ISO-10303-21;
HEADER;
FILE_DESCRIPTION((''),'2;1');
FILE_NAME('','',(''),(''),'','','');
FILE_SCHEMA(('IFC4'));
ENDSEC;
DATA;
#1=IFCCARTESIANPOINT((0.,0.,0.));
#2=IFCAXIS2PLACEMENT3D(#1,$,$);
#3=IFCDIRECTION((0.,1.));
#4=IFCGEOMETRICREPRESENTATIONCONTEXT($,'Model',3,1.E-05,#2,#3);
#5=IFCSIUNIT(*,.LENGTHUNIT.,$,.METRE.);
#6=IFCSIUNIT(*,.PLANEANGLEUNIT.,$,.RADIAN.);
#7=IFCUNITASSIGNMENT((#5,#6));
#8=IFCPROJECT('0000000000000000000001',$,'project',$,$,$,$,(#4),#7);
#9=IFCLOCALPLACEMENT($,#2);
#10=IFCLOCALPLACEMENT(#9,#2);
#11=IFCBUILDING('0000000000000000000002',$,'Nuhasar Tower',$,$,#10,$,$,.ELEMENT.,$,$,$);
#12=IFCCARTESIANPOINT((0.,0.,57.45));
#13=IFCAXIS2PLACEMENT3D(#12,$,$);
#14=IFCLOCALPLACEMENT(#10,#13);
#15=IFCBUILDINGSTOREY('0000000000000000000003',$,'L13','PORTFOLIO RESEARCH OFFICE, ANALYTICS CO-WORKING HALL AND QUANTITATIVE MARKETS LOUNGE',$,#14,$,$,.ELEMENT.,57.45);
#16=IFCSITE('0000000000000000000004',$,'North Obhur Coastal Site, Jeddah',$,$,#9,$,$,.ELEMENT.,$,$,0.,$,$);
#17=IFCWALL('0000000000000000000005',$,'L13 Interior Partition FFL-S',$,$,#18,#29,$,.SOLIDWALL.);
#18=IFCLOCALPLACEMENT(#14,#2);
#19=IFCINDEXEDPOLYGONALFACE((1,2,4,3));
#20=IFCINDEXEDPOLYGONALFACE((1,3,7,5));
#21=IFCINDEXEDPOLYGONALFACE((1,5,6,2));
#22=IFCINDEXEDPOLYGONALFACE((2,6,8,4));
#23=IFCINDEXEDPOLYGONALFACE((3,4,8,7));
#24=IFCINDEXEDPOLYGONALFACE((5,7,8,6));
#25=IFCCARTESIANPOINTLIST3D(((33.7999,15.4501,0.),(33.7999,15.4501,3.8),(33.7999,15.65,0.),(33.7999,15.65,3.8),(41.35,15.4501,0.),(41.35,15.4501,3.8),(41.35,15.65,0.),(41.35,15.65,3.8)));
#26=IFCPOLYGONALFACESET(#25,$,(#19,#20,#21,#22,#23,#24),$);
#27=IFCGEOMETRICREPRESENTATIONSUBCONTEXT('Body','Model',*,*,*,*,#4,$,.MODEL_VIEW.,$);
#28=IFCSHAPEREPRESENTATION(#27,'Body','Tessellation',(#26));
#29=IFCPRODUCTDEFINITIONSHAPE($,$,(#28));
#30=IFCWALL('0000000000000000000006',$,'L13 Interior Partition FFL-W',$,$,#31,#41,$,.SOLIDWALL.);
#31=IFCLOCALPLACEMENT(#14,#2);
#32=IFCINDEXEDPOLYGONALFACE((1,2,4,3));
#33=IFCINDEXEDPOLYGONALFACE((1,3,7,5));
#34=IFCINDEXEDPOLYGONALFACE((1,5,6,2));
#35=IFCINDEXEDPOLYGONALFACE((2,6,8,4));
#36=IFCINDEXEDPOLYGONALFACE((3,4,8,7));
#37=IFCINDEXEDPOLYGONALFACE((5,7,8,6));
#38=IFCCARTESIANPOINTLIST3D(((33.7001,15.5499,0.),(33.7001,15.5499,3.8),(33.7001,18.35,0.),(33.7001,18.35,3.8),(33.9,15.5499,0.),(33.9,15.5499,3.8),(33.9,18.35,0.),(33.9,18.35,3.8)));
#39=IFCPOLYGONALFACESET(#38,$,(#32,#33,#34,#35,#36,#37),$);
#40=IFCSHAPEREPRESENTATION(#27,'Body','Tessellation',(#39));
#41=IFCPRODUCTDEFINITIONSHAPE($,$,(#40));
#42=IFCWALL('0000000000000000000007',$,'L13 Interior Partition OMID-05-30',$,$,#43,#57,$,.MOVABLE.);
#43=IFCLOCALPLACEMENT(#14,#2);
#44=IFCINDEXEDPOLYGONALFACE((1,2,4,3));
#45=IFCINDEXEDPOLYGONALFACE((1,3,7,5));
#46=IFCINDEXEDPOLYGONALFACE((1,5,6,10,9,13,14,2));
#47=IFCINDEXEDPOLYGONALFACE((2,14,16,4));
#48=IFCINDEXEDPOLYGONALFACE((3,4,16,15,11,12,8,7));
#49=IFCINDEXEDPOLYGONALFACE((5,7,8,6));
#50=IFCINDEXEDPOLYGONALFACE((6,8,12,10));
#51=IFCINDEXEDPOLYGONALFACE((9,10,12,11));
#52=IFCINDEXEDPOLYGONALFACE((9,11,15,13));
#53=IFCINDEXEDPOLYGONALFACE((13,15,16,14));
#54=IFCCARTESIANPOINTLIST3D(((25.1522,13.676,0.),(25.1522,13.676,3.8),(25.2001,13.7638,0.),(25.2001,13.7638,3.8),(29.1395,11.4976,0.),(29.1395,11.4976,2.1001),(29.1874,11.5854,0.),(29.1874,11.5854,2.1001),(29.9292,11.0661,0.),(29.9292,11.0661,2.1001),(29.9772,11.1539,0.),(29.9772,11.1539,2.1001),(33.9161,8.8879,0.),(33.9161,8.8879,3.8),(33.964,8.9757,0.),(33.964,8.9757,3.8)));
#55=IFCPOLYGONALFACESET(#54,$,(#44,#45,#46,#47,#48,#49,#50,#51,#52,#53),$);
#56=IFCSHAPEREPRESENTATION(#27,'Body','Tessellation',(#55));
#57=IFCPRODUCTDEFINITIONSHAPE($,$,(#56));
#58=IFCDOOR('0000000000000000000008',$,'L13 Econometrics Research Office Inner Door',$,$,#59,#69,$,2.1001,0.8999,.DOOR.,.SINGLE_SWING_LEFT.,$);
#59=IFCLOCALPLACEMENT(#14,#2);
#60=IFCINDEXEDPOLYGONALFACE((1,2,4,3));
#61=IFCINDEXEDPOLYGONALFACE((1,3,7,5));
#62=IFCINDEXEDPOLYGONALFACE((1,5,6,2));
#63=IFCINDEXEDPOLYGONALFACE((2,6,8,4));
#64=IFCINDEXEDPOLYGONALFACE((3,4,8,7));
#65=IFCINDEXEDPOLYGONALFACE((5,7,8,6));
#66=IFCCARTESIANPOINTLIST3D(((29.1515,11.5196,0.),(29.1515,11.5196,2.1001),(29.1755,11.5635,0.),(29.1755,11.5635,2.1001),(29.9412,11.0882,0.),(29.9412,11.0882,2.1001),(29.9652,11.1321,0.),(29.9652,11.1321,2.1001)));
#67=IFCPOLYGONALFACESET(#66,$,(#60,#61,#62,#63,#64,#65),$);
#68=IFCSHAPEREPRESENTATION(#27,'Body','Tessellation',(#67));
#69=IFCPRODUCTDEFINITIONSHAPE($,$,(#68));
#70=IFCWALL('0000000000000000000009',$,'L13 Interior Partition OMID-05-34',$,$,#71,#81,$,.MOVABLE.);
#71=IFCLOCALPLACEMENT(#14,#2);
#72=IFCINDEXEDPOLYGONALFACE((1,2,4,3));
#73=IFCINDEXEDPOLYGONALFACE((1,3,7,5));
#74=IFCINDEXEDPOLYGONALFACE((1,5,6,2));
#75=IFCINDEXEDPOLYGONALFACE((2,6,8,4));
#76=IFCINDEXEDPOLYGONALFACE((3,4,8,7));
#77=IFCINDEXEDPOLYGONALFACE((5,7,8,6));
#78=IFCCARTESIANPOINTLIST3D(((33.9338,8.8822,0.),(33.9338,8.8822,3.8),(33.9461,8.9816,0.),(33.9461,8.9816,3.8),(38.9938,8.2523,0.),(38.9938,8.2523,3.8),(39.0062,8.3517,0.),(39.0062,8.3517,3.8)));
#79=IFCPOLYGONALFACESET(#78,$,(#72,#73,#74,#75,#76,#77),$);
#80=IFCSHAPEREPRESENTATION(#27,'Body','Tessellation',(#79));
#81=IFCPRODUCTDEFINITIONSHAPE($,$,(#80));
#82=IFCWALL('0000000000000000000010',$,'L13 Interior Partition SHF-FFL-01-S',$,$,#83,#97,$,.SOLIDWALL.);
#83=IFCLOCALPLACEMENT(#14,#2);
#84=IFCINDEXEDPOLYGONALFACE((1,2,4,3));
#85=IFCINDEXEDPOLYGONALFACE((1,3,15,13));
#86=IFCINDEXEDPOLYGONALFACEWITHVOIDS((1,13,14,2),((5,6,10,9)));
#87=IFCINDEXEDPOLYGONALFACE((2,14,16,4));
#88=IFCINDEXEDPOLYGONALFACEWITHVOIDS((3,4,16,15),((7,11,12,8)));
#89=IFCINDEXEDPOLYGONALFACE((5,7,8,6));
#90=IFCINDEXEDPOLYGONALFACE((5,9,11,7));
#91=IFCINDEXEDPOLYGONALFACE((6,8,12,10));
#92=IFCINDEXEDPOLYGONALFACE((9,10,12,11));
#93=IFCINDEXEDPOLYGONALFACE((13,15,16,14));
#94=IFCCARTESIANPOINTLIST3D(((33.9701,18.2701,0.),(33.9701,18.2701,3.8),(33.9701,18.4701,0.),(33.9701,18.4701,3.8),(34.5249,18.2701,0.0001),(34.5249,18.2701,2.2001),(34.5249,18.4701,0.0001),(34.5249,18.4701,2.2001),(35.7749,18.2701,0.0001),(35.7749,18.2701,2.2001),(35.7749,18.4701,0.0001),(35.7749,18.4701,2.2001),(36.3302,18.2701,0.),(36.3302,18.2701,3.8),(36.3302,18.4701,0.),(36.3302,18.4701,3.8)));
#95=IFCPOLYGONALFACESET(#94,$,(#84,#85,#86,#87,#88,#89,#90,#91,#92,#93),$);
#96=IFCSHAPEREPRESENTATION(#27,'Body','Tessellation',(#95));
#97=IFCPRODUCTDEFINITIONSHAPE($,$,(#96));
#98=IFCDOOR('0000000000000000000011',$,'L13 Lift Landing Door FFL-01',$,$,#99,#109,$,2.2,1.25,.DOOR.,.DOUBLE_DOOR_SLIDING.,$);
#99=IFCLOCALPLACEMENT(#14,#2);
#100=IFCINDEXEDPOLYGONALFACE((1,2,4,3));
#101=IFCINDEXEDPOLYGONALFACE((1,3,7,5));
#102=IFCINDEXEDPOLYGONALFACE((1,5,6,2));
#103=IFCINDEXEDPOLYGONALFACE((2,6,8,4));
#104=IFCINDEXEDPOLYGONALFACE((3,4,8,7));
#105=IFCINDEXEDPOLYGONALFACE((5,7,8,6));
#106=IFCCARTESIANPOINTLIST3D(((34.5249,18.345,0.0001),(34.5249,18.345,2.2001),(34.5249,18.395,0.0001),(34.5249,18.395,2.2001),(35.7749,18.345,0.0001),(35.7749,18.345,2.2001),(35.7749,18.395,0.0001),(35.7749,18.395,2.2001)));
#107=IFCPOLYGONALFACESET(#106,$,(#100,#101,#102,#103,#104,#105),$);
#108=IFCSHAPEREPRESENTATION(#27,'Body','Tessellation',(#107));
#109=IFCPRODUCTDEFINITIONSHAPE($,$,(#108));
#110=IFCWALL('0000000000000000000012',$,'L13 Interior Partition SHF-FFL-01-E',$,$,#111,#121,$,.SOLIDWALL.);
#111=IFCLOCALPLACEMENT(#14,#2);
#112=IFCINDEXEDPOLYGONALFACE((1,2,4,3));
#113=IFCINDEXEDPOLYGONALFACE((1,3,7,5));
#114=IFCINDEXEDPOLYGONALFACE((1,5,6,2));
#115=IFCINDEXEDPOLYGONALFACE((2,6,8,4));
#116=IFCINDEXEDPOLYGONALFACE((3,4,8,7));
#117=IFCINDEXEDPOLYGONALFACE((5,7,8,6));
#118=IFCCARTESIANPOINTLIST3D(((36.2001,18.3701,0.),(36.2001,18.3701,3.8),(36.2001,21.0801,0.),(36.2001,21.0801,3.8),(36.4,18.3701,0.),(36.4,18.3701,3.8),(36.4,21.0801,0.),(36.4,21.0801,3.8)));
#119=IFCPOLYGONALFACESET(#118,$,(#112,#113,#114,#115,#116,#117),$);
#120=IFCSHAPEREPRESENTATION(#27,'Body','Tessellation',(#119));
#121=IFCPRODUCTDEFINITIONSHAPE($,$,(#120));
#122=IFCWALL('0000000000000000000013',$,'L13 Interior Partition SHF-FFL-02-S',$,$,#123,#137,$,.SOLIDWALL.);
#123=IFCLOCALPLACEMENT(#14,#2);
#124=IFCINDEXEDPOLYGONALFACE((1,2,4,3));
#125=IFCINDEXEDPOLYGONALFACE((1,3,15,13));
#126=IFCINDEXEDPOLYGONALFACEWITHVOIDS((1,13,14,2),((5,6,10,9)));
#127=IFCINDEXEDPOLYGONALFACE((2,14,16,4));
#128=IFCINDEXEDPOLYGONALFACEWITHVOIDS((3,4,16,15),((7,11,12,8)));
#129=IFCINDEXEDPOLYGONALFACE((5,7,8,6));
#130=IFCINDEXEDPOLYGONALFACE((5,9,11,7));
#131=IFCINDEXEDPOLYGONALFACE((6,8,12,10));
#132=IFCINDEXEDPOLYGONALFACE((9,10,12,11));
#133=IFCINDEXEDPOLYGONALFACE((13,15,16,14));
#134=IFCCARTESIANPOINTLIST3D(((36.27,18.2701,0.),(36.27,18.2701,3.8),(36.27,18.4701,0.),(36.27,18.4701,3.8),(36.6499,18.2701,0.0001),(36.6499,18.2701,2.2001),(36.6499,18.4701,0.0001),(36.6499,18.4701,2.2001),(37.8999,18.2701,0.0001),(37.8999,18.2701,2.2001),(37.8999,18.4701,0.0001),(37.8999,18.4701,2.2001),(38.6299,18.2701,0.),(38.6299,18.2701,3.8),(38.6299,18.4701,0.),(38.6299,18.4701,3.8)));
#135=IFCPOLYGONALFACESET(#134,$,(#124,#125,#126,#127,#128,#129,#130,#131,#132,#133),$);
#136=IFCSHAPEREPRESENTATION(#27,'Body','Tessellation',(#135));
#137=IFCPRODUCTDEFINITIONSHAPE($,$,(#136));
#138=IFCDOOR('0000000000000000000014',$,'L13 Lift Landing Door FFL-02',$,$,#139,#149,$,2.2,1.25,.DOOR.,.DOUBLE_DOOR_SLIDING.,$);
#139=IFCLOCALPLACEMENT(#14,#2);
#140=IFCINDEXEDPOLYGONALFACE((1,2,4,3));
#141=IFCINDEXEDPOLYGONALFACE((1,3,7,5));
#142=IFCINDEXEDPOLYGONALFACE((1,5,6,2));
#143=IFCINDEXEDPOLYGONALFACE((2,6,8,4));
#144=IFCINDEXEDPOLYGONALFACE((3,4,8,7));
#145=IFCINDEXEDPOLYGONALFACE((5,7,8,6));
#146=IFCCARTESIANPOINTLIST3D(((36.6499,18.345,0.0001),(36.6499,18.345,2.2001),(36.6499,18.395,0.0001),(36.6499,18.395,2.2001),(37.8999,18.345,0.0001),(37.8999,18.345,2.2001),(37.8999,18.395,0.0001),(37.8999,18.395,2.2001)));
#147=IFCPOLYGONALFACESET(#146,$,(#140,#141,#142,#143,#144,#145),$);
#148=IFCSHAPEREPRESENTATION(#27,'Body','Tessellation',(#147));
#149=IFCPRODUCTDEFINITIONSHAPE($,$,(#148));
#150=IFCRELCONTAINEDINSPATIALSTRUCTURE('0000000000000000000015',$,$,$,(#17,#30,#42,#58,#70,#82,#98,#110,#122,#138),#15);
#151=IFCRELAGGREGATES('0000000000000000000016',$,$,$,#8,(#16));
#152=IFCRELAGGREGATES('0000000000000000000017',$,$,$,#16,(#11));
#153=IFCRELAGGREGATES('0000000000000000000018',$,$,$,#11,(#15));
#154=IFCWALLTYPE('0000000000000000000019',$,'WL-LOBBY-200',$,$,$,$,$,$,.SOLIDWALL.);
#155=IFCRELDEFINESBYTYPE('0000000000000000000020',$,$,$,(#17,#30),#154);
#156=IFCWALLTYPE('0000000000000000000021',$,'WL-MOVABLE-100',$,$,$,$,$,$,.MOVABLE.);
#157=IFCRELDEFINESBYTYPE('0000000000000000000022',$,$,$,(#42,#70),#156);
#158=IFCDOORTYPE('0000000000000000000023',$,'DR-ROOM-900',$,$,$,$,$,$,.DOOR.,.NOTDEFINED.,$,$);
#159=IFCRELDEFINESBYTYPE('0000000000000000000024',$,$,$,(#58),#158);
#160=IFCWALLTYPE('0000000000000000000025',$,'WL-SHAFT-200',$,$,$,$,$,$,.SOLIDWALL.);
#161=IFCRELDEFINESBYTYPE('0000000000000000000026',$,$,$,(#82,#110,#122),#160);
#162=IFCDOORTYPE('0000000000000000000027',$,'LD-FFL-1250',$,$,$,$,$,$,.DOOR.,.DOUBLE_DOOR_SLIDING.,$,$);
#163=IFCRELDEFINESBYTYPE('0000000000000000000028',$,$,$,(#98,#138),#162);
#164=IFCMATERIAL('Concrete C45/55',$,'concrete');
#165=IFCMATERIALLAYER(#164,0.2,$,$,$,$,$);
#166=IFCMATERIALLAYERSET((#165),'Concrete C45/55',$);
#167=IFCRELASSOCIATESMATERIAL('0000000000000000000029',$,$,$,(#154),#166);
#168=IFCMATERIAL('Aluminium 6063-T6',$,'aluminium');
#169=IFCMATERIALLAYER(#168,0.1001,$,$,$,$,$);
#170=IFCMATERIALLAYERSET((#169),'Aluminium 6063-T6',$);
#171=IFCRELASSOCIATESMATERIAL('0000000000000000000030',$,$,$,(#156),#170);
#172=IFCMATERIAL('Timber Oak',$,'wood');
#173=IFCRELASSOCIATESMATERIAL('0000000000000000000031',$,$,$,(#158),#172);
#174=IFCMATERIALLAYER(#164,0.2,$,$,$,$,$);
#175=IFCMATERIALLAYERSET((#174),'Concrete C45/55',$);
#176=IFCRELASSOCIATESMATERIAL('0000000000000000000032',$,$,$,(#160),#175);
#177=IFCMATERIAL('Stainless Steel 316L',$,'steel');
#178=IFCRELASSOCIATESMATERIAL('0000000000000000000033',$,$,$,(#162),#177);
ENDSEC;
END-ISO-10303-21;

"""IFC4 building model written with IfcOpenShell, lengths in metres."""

from ifc_helpers import new_model, si_unit, direction, frame, frame_2d, origin, place, context, subcontext, project, spatial, rectangle, extrude, material, layer, layer_set, type_object, element, fill, save


model = new_model("IFC4")

# Units and contexts
model_context = context("Model", 3, precision=1e-05, world=origin(), true_north=direction((0.0, 1.0)))
body_context = subcontext(model_context, "Body", "Model", "MODEL_VIEW")
ifc_project = project(units=[si_unit("LENGTHUNIT", "METRE"), si_unit("PLANEANGLEUNIT", "RADIAN")], contexts=[model_context])

# Site, building, storey
site_placement = place(None, origin())
site = spatial("IfcSite", under=ifc_project, at=site_placement, Name="North Obhur Coastal Site, Jeddah", CompositionType="ELEMENT", RefElevation=0.0)
building_placement = place(site_placement, origin())
building = spatial("IfcBuilding", under=site, at=building_placement, Name="Nuhasar Tower", CompositionType="ELEMENT")
storey_placement = place(building_placement, frame((0.0, 0.0, 57.45)))
storey = spatial("IfcBuildingStorey", under=building, at=storey_placement, Name="L13", Description="PORTFOLIO RESEARCH OFFICE, ANALYTICS CO-WORKING HALL AND QUANTITATIVE MARKETS LOUNGE", CompositionType="ELEMENT", Elevation=57.45)

# Shared definitions
ifc_material_1 = material(Name="Aluminium 6063-T6", Category="aluminium")

# Shared definitions
ifc_material_2 = material(Name="Timber Oak", Category="wood")

# Walls
ifc_material_3 = material(Name="Concrete C45/55", Category="concrete")
ifc_layer_1 = layer(ifc_material_3, 0.2)
ifc_layer_set_1 = layer_set([ifc_layer_1], Name="Concrete C45/55")
wall_type_1 = type_object("IfcWallType", Name="WL-LOBBY-200", PredefinedType="SOLIDWALL", material=ifc_layer_set_1)
wall_1_placement = place(storey_placement, frame((33.8, 15.55, 0.0), z_axis=(0.0, 0.0, 1.0), x_axis=(1.0, 0.0, 0.0)))
element("IfcWall", 1, at=wall_1_placement, inside=storey, type_object=wall_type_1, Name="L13 Interior Partition FFL-S", PredefinedType="SOLIDWALL", context=body_context, shape_type="SweptSolid", body=[
    extrude(rectangle(XDim=7.55, YDim=0.2, at=frame_2d((3.7749, 0.0))), origin(), (0.0, 0.0, 1.0), 3.8),
])
wall_2_placement = place(storey_placement, frame((33.8, 15.55, 0.0), z_axis=(0.0, 0.0, 1.0), x_axis=(0.0, 1.0, 0.0)))
element("IfcWall", 2, at=wall_2_placement, inside=storey, type_object=wall_type_1, Name="L13 Interior Partition FFL-W", PredefinedType="SOLIDWALL", context=body_context, shape_type="SweptSolid", body=[
    extrude(rectangle(XDim=2.8, YDim=0.2, at=frame_2d((1.3999, 0.0))), origin(), (0.0, 0.0, 1.0), 3.8),
])

# Wall, opening, door
ifc_layer_2 = layer(ifc_material_1, 0.1001)
ifc_layer_set_2 = layer_set([ifc_layer_2], Name="Aluminium 6063-T6")
wall_type_2 = type_object("IfcWallType", Name="WL-MOVABLE-100", PredefinedType="MOVABLE", material=ifc_layer_set_2)
wall_3_placement = place(storey_placement, frame((33.9399, 8.9319, 0.0), z_axis=(0.0, 0.0, 1.0), x_axis=(-0.877568, 0.479452, 0.0)))
wall_3 = element("IfcWall", 3, at=wall_3_placement, inside=storey, type_object=wall_type_2, Name="L13 Interior Partition OMID-05-30", PredefinedType="MOVABLE", context=body_context, shape_type="SweptSolid", body=[
    extrude(rectangle(XDim=9.9866, YDim=0.1001, at=frame_2d((4.9932, 0.0))), origin(), (0.0, 0.0, 1.0), 3.8),
])
opening_1_placement = place(wall_3_placement, frame((4.543, 0.0, 0.0)))
opening_1 = element("IfcOpeningElement", 4, at=opening_1_placement, cuts=wall_3, PredefinedType="OPENING", context=body_context, shape_type="SweptSolid", body=[
    extrude(rectangle(XDim=0.8999, YDim=2.1001, at=frame_2d((0.45, 1.05))), frame((0.0, 0.0601, 0.0), z_axis=(0.0, -1.0, 0.0), x_axis=(1.0, 0.0, 0.0)), (0.0, 0.0, 1.0), 0.1201),
])
door_type_1 = type_object("IfcDoorType", Name="DR-ROOM-900", OperationType="NOTDEFINED", PredefinedType="DOOR", material=ifc_material_2)
door_1_placement = place(opening_1_placement, origin())
door_1 = element("IfcDoor", 5, at=door_1_placement, inside=storey, type_object=door_type_1, Name="L13 Econometrics Research Office Inner Door", OperationType="SINGLE_SWING_LEFT", OverallHeight=2.1001, OverallWidth=0.8999, PredefinedType="DOOR", context=body_context, shape_type="SweptSolid", body=[
    extrude(rectangle(XDim=0.8999, YDim=2.1001, at=frame_2d((0.45, 1.05))), frame((0.0, 0.0249, 0.0), z_axis=(0.0, -1.0, 0.0), x_axis=(1.0, 0.0, 0.0)), (0.0, 0.0, 1.0), 0.05),
])
fill(opening_1, door_1)

# Wall
wall_4_placement = place(storey_placement, frame((33.9399, 8.9319, 0.0), z_axis=(0.0, 0.0, 1.0), x_axis=(0.992341, -0.123528, 0.0)))
element("IfcWall", 6, at=wall_4_placement, inside=storey, type_object=wall_type_2, Name="L13 Interior Partition OMID-05-34", PredefinedType="MOVABLE", context=body_context, shape_type="SweptSolid", body=[
    extrude(rectangle(XDim=5.0991, YDim=0.1001, at=frame_2d((2.5496, 0.0))), origin(), (0.0, 0.0, 1.0), 3.8),
])

# Wall, opening, door
ifc_layer_3 = layer(ifc_material_3, 0.2)
ifc_layer_set_3 = layer_set([ifc_layer_3], Name="Concrete C45/55")
wall_type_3 = type_object("IfcWallType", Name="WL-SHAFT-200", PredefinedType="SOLIDWALL", material=ifc_layer_set_3)
wall_5_placement = place(storey_placement, frame((33.97, 18.3701, 0.0), z_axis=(0.0, 0.0, 1.0), x_axis=(1.0, 0.0, 0.0)))
wall_5 = element("IfcWall", 7, at=wall_5_placement, inside=storey, type_object=wall_type_3, Name="L13 Interior Partition SHF-FFL-01-S", PredefinedType="SOLIDWALL", context=body_context, shape_type="SweptSolid", body=[
    extrude(rectangle(XDim=2.3601, YDim=0.2, at=frame_2d((1.1802, 0.0))), origin(), (0.0, 0.0, 1.0), 3.8),
])
opening_2_placement = place(wall_5_placement, frame((0.5549, 0.0, 0.0)))
opening_2 = element("IfcOpeningElement", 8, at=opening_2_placement, cuts=wall_5, PredefinedType="OPENING", context=body_context, shape_type="SweptSolid", body=[
    extrude(rectangle(XDim=1.25, YDim=2.2, at=frame_2d((0.625, 1.1001))), frame((0.0, 0.1099, 0.0), z_axis=(0.0, -1.0, 0.0), x_axis=(1.0, 0.0, 0.0)), (0.0, 0.0, 1.0), 0.22),
])
ifc_material_4 = material(Name="Stainless Steel 316L", Category="steel")
door_type_2 = type_object("IfcDoorType", Name="LD-FFL-1250", OperationType="DOUBLE_DOOR_SLIDING", PredefinedType="DOOR", material=ifc_material_4)
door_2_placement = place(opening_2_placement, origin())
door_2 = element("IfcDoor", 9, at=door_2_placement, inside=storey, type_object=door_type_2, Name="L13 Lift Landing Door FFL-01", OperationType="DOUBLE_DOOR_SLIDING", OverallHeight=2.2, OverallWidth=1.25, PredefinedType="DOOR", context=body_context, shape_type="SweptSolid", body=[
    extrude(rectangle(XDim=1.25, YDim=2.2, at=frame_2d((0.625, 1.1001))), frame((0.0, 0.0249, 0.0), z_axis=(0.0, -1.0, 0.0), x_axis=(1.0, 0.0, 0.0)), (0.0, 0.0, 1.0), 0.05),
])
fill(opening_2, door_2)

# Wall
wall_6_placement = place(storey_placement, frame((36.3, 18.3701, 0.0), z_axis=(0.0, 0.0, 1.0), x_axis=(0.0, 1.0, 0.0)))
element("IfcWall", 10, at=wall_6_placement, inside=storey, type_object=wall_type_3, Name="L13 Interior Partition SHF-FFL-01-E", PredefinedType="SOLIDWALL", context=body_context, shape_type="SweptSolid", body=[
    extrude(rectangle(XDim=2.71, YDim=0.2, at=frame_2d((1.355, 0.0))), origin(), (0.0, 0.0, 1.0), 3.8),
])

# Wall, opening, door
wall_7_placement = place(storey_placement, frame((36.27, 18.3701, 0.0), z_axis=(0.0, 0.0, 1.0), x_axis=(1.0, 0.0, 0.0)))
wall_7 = element("IfcWall", 11, at=wall_7_placement, inside=storey, type_object=wall_type_3, Name="L13 Interior Partition SHF-FFL-02-S", PredefinedType="SOLIDWALL", context=body_context, shape_type="SweptSolid", body=[
    extrude(rectangle(XDim=2.3599, YDim=0.2, at=frame_2d((1.1799, 0.0))), origin(), (0.0, 0.0, 1.0), 3.8),
])
opening_3_placement = place(wall_7_placement, frame((0.3799, 0.0, 0.0)))
opening_3 = element("IfcOpeningElement", 12, at=opening_3_placement, cuts=wall_7, PredefinedType="OPENING", context=body_context, shape_type="SweptSolid", body=[
    extrude(rectangle(XDim=1.25, YDim=2.2, at=frame_2d((0.625, 1.1001))), frame((0.0, 0.1099, 0.0), z_axis=(0.0, -1.0, 0.0), x_axis=(1.0, 0.0, 0.0)), (0.0, 0.0, 1.0), 0.22),
])
door_3_placement = place(opening_3_placement, origin())
door_3 = element("IfcDoor", 13, at=door_3_placement, inside=storey, type_object=door_type_2, Name="L13 Lift Landing Door FFL-02", OperationType="DOUBLE_DOOR_SLIDING", OverallHeight=2.2, OverallWidth=1.25, PredefinedType="DOOR", context=body_context, shape_type="SweptSolid", body=[
    extrude(rectangle(XDim=1.25, YDim=2.2, at=frame_2d((0.625, 1.1001))), frame((0.0, 0.0249, 0.0), z_axis=(0.0, -1.0, 0.0), x_axis=(1.0, 0.0, 0.0)), (0.0, 0.0, 1.0), 0.05),
])
fill(opening_3, door_3)

save(model, "model.ifc")
